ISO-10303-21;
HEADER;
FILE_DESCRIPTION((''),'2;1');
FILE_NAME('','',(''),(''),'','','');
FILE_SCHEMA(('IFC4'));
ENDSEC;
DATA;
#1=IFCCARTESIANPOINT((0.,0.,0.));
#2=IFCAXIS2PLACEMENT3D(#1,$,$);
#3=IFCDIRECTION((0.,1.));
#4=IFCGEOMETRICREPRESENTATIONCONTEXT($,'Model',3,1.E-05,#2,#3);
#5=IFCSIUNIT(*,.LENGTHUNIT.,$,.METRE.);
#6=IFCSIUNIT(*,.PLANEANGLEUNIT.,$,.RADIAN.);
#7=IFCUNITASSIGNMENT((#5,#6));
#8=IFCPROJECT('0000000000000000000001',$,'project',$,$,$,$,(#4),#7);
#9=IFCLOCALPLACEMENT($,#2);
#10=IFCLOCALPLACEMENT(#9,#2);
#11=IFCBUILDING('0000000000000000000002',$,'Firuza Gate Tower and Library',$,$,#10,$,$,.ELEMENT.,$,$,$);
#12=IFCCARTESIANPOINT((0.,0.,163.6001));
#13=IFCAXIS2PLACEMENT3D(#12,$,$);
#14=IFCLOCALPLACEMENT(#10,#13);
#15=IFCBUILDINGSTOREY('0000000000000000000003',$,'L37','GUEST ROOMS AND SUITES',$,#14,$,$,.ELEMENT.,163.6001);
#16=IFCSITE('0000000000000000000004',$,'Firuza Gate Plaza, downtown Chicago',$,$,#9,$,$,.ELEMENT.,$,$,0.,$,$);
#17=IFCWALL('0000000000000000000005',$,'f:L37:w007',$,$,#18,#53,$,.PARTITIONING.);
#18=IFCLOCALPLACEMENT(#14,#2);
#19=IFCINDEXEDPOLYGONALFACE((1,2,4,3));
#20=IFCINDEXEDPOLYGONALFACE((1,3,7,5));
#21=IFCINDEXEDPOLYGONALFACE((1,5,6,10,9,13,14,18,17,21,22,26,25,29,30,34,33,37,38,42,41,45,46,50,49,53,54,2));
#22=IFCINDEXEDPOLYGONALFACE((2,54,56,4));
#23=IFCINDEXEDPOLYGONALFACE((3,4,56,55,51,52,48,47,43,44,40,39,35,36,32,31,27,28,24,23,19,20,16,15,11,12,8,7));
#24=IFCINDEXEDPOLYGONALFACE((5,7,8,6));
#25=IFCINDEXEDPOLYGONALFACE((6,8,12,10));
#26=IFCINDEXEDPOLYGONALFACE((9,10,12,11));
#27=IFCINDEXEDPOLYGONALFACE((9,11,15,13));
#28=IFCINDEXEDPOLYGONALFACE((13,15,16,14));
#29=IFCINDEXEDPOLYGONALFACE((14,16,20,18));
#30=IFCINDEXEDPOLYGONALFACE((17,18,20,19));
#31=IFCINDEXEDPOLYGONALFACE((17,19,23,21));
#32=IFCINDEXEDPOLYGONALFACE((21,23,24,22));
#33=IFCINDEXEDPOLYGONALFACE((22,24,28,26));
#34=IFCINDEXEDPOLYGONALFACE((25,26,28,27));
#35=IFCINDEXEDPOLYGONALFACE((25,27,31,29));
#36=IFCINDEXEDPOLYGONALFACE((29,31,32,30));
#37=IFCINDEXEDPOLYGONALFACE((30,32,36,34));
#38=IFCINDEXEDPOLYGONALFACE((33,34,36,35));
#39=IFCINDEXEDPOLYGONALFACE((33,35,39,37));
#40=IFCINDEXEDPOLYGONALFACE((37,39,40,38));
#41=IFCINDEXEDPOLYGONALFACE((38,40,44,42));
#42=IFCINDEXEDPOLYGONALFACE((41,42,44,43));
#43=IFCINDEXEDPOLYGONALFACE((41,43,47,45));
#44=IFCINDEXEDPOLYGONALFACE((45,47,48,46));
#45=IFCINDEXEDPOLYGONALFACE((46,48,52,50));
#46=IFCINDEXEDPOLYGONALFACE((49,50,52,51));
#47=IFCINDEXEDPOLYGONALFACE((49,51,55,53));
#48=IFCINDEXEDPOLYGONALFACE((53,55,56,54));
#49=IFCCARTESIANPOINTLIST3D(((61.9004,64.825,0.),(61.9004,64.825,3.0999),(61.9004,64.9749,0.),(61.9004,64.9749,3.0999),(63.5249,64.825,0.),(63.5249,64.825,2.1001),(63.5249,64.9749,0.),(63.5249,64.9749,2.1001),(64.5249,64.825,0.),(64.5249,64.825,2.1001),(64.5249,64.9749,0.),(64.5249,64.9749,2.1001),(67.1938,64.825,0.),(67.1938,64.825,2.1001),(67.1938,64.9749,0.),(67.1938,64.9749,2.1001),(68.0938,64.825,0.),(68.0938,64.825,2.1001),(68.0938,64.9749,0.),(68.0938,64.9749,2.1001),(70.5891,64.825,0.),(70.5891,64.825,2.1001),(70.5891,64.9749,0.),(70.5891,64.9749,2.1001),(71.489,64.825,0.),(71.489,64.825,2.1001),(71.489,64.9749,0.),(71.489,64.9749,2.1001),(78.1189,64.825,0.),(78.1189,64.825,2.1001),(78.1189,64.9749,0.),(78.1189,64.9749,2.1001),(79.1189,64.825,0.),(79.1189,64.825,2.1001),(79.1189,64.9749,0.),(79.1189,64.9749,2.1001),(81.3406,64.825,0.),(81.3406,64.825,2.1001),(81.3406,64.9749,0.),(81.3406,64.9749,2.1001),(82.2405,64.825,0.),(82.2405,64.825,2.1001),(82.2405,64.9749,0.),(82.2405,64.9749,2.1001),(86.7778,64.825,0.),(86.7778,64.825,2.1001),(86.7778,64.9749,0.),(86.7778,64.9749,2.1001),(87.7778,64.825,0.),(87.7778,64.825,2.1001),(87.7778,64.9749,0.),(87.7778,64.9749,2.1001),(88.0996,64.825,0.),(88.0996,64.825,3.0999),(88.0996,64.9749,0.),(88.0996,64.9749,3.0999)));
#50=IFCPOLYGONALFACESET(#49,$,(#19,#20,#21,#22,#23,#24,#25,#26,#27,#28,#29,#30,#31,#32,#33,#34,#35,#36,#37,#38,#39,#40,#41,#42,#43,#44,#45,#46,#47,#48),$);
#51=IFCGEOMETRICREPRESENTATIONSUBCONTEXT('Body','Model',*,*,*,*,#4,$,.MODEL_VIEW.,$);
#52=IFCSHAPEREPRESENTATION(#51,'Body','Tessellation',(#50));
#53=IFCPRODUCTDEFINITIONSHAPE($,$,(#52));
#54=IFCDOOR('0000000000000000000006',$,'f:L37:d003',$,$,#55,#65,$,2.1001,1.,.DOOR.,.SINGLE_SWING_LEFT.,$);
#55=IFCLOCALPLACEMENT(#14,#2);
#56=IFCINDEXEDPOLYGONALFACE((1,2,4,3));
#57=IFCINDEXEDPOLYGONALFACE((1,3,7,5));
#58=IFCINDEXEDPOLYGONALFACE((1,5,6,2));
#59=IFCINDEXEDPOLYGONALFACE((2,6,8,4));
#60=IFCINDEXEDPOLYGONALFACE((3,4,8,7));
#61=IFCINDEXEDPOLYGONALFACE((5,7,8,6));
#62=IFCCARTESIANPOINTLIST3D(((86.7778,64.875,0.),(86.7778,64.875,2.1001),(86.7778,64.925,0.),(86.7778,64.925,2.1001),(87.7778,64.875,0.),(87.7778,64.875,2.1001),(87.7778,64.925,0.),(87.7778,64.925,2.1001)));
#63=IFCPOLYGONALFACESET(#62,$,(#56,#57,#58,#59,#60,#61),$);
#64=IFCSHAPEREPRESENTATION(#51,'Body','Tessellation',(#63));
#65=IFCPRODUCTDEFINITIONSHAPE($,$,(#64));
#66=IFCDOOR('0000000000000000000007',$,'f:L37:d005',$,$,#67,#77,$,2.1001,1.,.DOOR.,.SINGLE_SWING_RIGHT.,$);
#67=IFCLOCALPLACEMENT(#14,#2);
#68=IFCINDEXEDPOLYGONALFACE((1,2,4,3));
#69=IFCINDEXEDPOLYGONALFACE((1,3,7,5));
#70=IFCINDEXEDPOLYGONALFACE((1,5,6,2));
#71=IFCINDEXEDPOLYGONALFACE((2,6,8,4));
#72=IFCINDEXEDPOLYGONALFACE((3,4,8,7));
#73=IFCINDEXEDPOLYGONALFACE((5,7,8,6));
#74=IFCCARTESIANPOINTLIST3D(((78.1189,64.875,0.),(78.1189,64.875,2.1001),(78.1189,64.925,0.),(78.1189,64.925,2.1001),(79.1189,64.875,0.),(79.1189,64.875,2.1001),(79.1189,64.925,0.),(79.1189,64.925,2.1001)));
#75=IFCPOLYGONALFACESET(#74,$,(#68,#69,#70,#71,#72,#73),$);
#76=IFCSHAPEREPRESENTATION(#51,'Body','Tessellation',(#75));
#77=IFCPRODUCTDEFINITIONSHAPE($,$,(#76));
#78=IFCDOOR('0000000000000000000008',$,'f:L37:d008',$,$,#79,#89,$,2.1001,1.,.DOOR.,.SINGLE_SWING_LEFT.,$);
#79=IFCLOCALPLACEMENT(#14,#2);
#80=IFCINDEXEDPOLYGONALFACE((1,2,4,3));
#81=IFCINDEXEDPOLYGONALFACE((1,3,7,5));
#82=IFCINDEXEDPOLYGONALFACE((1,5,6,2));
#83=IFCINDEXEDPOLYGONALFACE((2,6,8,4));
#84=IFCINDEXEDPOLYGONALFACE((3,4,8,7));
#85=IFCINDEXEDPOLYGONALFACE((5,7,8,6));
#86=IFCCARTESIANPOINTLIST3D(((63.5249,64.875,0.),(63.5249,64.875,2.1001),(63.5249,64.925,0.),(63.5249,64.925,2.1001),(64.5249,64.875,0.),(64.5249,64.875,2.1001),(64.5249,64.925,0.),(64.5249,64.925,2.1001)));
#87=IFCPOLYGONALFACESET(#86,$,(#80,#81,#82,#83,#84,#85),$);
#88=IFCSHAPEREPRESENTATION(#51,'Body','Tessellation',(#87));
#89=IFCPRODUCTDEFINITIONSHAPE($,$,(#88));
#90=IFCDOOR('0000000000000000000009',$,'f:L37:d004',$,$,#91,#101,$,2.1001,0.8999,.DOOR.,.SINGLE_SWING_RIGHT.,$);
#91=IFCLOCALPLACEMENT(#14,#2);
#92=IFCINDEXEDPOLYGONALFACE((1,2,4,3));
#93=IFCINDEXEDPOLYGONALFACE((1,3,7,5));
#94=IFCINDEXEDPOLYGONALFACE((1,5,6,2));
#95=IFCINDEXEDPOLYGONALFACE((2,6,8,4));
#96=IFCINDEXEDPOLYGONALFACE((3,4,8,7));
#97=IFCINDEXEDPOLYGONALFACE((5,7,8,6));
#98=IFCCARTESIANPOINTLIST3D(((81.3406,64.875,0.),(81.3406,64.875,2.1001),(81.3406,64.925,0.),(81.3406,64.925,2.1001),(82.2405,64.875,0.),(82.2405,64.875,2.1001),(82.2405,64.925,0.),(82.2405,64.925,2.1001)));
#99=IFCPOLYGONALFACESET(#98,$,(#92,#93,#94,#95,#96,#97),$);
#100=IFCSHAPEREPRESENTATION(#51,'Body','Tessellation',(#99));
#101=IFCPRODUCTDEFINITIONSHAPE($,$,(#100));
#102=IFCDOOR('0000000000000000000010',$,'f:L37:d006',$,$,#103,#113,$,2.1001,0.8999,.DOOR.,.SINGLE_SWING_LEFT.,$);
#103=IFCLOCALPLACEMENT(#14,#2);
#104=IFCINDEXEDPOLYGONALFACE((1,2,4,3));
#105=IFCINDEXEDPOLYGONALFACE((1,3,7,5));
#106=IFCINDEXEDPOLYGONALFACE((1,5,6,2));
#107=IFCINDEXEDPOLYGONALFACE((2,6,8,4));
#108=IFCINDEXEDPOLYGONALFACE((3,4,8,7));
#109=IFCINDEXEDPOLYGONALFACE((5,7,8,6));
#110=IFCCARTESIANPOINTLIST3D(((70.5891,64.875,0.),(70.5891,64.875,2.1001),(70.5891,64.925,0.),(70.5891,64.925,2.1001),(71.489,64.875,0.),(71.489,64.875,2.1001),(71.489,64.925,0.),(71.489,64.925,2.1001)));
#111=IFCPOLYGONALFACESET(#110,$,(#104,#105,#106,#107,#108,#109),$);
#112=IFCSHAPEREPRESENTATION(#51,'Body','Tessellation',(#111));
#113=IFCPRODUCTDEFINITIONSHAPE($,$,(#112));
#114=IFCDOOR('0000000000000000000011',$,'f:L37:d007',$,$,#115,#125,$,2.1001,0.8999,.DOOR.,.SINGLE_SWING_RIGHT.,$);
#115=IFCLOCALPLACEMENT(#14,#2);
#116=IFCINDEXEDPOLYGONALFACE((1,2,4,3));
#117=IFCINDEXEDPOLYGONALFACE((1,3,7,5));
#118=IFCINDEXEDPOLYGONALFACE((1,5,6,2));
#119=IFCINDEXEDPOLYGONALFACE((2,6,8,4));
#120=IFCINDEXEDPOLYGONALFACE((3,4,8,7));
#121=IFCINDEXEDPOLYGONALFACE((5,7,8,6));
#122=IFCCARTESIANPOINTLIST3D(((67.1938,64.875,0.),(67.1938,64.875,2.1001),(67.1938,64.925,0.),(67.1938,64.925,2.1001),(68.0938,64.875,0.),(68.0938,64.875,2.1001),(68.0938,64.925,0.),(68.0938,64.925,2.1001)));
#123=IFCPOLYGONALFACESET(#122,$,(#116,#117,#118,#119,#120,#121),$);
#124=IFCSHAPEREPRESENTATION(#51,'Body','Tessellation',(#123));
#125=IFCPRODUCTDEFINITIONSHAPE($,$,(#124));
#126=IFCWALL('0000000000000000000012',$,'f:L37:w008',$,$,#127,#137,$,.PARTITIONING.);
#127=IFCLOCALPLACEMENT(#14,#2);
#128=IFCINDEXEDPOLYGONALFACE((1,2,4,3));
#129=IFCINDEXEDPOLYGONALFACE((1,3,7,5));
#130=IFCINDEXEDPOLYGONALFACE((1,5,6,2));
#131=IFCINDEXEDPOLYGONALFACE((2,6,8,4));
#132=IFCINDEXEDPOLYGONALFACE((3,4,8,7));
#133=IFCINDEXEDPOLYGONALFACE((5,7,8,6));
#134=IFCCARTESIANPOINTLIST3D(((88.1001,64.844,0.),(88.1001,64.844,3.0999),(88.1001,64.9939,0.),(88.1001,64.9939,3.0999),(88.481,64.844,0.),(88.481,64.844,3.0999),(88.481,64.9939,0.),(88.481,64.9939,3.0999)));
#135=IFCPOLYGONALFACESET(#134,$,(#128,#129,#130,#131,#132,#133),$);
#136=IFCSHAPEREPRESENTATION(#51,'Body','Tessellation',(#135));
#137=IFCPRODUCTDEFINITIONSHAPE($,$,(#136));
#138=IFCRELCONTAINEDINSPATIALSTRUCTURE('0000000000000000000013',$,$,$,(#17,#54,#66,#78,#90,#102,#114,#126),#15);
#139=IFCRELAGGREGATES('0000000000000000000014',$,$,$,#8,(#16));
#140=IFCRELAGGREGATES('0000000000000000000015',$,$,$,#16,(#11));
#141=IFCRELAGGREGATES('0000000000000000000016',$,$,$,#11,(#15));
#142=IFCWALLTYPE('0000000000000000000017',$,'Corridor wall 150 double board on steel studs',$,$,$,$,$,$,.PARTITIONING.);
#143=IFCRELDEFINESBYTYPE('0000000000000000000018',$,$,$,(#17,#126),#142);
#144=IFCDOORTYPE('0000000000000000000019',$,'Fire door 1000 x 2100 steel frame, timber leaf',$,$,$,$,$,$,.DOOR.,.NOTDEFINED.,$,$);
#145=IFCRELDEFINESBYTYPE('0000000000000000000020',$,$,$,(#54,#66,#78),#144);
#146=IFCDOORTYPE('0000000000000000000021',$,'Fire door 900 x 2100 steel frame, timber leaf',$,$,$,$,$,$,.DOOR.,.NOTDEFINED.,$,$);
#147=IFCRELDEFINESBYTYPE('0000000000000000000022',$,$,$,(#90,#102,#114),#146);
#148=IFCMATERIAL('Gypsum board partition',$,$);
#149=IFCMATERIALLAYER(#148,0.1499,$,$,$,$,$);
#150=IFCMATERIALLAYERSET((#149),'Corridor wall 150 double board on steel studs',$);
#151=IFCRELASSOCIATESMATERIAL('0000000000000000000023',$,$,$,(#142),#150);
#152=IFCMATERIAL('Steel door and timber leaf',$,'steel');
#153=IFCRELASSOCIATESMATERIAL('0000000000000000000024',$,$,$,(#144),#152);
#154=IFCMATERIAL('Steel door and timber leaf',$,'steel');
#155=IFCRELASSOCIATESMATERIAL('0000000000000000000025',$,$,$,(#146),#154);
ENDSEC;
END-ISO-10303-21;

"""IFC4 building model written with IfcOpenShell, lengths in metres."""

from ifc_helpers import new_model, si_unit, direction, frame, frame_2d, origin, place, context, subcontext, project, spatial, rectangle, extrude, material, layer, layer_set, type_object, element, fill, save


model = new_model("IFC4")

# Units and contexts
model_context = context("Model", 3, precision=1e-05, world=origin(), true_north=direction((0.0, 1.0)))
body_context = subcontext(model_context, "Body", "Model", "MODEL_VIEW")
ifc_project = project(units=[si_unit("LENGTHUNIT", "METRE"), si_unit("PLANEANGLEUNIT", "RADIAN")], contexts=[model_context])

# Site, building, storey
site_placement = place(None, origin())
site = spatial("IfcSite", under=ifc_project, at=site_placement, Name="Firuza Gate Plaza, downtown Chicago", CompositionType="ELEMENT", RefElevation=0.0)
building_placement = place(site_placement, origin())
building = spatial("IfcBuilding", under=site, at=building_placement, Name="Firuza Gate Tower and Library", CompositionType="ELEMENT")
storey_placement = place(building_placement, frame((0.0, 0.0, 163.6001)))
storey = spatial("IfcBuildingStorey", under=building, at=storey_placement, Name="L37", Description="GUEST ROOMS AND SUITES", CompositionType="ELEMENT", Elevation=163.6001)

# Wall, openings, doors
ifc_material_1 = material(Name="Gypsum board partition")
ifc_layer_1 = layer(ifc_material_1, 0.1499)
ifc_layer_set_1 = layer_set([ifc_layer_1], Name="Corridor wall 150 double board on steel studs")
wall_type_1 = type_object("IfcWallType", Name="Corridor wall 150 double board on steel studs", PredefinedType="PARTITIONING", material=ifc_layer_set_1)
wall_1_placement = place(storey_placement, frame((88.0996, 64.8999, 0.0), z_axis=(0.0, 0.0, 1.0), x_axis=(-1.0, 0.0, 0.0)))
wall_1 = element("IfcWall", 1, at=wall_1_placement, inside=storey, type_object=wall_type_1, Name="f:L37:w007", PredefinedType="PARTITIONING", context=body_context, shape_type="SweptSolid", body=[
    extrude(rectangle(XDim=26.1992, YDim=0.1499, at=frame_2d((13.0996, 0.0))), origin(), (0.0, 0.0, 1.0), 3.0999),
])
opening_1_placement = place(wall_1_placement, frame((0.3218, 0.0, 0.0)))
opening_1 = element("IfcOpeningElement", 2, at=opening_1_placement, cuts=wall_1, PredefinedType="OPENING", context=body_context, shape_type="SweptSolid", body=[
    extrude(rectangle(XDim=1.0, YDim=2.1001, at=frame_2d((0.5, 1.05))), frame((0.0, 0.085, 0.0), z_axis=(0.0, -1.0, 0.0), x_axis=(1.0, 0.0, 0.0)), (0.0, 0.0, 1.0), 0.1699),
])
opening_2_placement = place(wall_1_placement, frame((5.8591, 0.0, 0.0)))
opening_2 = element("IfcOpeningElement", 3, at=opening_2_placement, cuts=wall_1, PredefinedType="OPENING", context=body_context, shape_type="SweptSolid", body=[
    extrude(rectangle(XDim=0.8999, YDim=2.1001, at=frame_2d((0.45, 1.05))), frame((0.0, 0.085, 0.0), z_axis=(0.0, -1.0, 0.0), x_axis=(1.0, 0.0, 0.0)), (0.0, 0.0, 1.0), 0.1699),
])
opening_3_placement = place(wall_1_placement, frame((8.9807, 0.0, 0.0)))
opening_3 = element("IfcOpeningElement", 4, at=opening_3_placement, cuts=wall_1, PredefinedType="OPENING", context=body_context, shape_type="SweptSolid", body=[
    extrude(rectangle(XDim=1.0, YDim=2.1001, at=frame_2d((0.5, 1.05))), frame((0.0, 0.085, 0.0), z_axis=(0.0, -1.0, 0.0), x_axis=(1.0, 0.0, 0.0)), (0.0, 0.0, 1.0), 0.1699),
])
opening_4_placement = place(wall_1_placement, frame((16.6106, 0.0, 0.0)))
opening_4 = element("IfcOpeningElement", 5, at=opening_4_placement, cuts=wall_1, PredefinedType="OPENING", context=body_context, shape_type="SweptSolid", body=[
    extrude(rectangle(XDim=0.8999, YDim=2.1001, at=frame_2d((0.45, 1.05))), frame((0.0, 0.085, 0.0), z_axis=(0.0, -1.0, 0.0), x_axis=(1.0, 0.0, 0.0)), (0.0, 0.0, 1.0), 0.1699),
])
opening_5_placement = place(wall_1_placement, frame((20.0059, 0.0, 0.0)))
opening_5 = element("IfcOpeningElement", 6, at=opening_5_placement, cuts=wall_1, PredefinedType="OPENING", context=body_context, shape_type="SweptSolid", body=[
    extrude(rectangle(XDim=0.8999, YDim=2.1001, at=frame_2d((0.45, 1.05))), frame((0.0, 0.085, 0.0), z_axis=(0.0, -1.0, 0.0), x_axis=(1.0, 0.0, 0.0)), (0.0, 0.0, 1.0), 0.1699),
])
opening_6_placement = place(wall_1_placement, frame((23.5747, 0.0, 0.0)))
opening_6 = element("IfcOpeningElement", 7, at=opening_6_placement, cuts=wall_1, PredefinedType="OPENING", context=body_context, shape_type="SweptSolid", body=[
    extrude(rectangle(XDim=1.0, YDim=2.1001, at=frame_2d((0.5, 1.05))), frame((0.0, 0.085, 0.0), z_axis=(0.0, -1.0, 0.0), x_axis=(1.0, 0.0, 0.0)), (0.0, 0.0, 1.0), 0.1699),
])
ifc_material_2 = material(Name="Steel door and timber leaf", Category="steel")
door_type_1 = type_object("IfcDoorType", Name="Fire door 1000 x 2100 steel frame, timber leaf", OperationType="NOTDEFINED", PredefinedType="DOOR", material=ifc_material_2)
door_1_placement = place(opening_1_placement, origin())
door_1 = element("IfcDoor", 8, at=door_1_placement, inside=storey, type_object=door_type_1, Name="f:L37:d003", OperationType="SINGLE_SWING_LEFT", OverallHeight=2.1001, OverallWidth=1.0, PredefinedType="DOOR", context=body_context, shape_type="SweptSolid", body=[
    extrude(rectangle(XDim=1.0, YDim=2.1001, at=frame_2d((0.5, 1.05))), frame((0.0, 0.0249, 0.0), z_axis=(0.0, -1.0, 0.0), x_axis=(1.0, 0.0, 0.0)), (0.0, 0.0, 1.0), 0.05),
])
fill(opening_1, door_1)
door_2_placement = place(opening_3_placement, origin())
door_2 = element("IfcDoor", 9, at=door_2_placement, inside=storey, type_object=door_type_1, Name="f:L37:d005", OperationType="SINGLE_SWING_RIGHT", OverallHeight=2.1001, OverallWidth=1.0, PredefinedType="DOOR", context=body_context, shape_type="SweptSolid", body=[
    extrude(rectangle(XDim=1.0, YDim=2.1001, at=frame_2d((0.5, 1.05))), frame((0.0, 0.0249, 0.0), z_axis=(0.0, -1.0, 0.0), x_axis=(1.0, 0.0, 0.0)), (0.0, 0.0, 1.0), 0.05),
])
fill(opening_3, door_2)
door_3_placement = place(opening_6_placement, origin())
door_3 = element("IfcDoor", 10, at=door_3_placement, inside=storey, type_object=door_type_1, Name="f:L37:d008", OperationType="SINGLE_SWING_LEFT", OverallHeight=2.1001, OverallWidth=1.0, PredefinedType="DOOR", context=body_context, shape_type="SweptSolid", body=[
    extrude(rectangle(XDim=1.0, YDim=2.1001, at=frame_2d((0.5, 1.05))), frame((0.0, 0.0249, 0.0), z_axis=(0.0, -1.0, 0.0), x_axis=(1.0, 0.0, 0.0)), (0.0, 0.0, 1.0), 0.05),
])
fill(opening_6, door_3)
ifc_material_3 = material(Name="Steel door and timber leaf", Category="steel")
door_type_2 = type_object("IfcDoorType", Name="Fire door 900 x 2100 steel frame, timber leaf", OperationType="NOTDEFINED", PredefinedType="DOOR", material=ifc_material_3)
door_4_placement = place(opening_2_placement, origin())
door_4 = element("IfcDoor", 11, at=door_4_placement, inside=storey, type_object=door_type_2, Name="f:L37:d004", OperationType="SINGLE_SWING_RIGHT", OverallHeight=2.1001, OverallWidth=0.8999, PredefinedType="DOOR", context=body_context, shape_type="SweptSolid", body=[
    extrude(rectangle(XDim=0.8999, YDim=2.1001, at=frame_2d((0.45, 1.05))), frame((0.0, 0.0249, 0.0), z_axis=(0.0, -1.0, 0.0), x_axis=(1.0, 0.0, 0.0)), (0.0, 0.0, 1.0), 0.05),
])
fill(opening_2, door_4)
door_5_placement = place(opening_4_placement, origin())
door_5 = element("IfcDoor", 12, at=door_5_placement, inside=storey, type_object=door_type_2, Name="f:L37:d006", OperationType="SINGLE_SWING_LEFT", OverallHeight=2.1001, OverallWidth=0.8999, PredefinedType="DOOR", context=body_context, shape_type="SweptSolid", body=[
    extrude(rectangle(XDim=0.8999, YDim=2.1001, at=frame_2d((0.45, 1.05))), frame((0.0, 0.0249, 0.0), z_axis=(0.0, -1.0, 0.0), x_axis=(1.0, 0.0, 0.0)), (0.0, 0.0, 1.0), 0.05),
])
fill(opening_4, door_5)
door_6_placement = place(opening_5_placement, origin())
door_6 = element("IfcDoor", 13, at=door_6_placement, inside=storey, type_object=door_type_2, Name="f:L37:d007", OperationType="SINGLE_SWING_RIGHT", OverallHeight=2.1001, OverallWidth=0.8999, PredefinedType="DOOR", context=body_context, shape_type="SweptSolid", body=[
    extrude(rectangle(XDim=0.8999, YDim=2.1001, at=frame_2d((0.45, 1.05))), frame((0.0, 0.0249, 0.0), z_axis=(0.0, -1.0, 0.0), x_axis=(1.0, 0.0, 0.0)), (0.0, 0.0, 1.0), 0.05),
])
fill(opening_5, door_6)

# Wall
wall_2_placement = place(storey_placement, frame((88.1001, 64.9189, 0.0), z_axis=(0.0, 0.0, 1.0), x_axis=(1.0, 0.0, 0.0)))
element("IfcWall", 14, at=wall_2_placement, inside=storey, type_object=wall_type_1, Name="f:L37:w008", PredefinedType="PARTITIONING", context=body_context, shape_type="SweptSolid", body=[
    extrude(rectangle(XDim=0.3809, YDim=0.1499, at=frame_2d((0.1904, 0.0))), origin(), (0.0, 0.0, 1.0), 3.0999),
])

save(model, "model.ifc")
